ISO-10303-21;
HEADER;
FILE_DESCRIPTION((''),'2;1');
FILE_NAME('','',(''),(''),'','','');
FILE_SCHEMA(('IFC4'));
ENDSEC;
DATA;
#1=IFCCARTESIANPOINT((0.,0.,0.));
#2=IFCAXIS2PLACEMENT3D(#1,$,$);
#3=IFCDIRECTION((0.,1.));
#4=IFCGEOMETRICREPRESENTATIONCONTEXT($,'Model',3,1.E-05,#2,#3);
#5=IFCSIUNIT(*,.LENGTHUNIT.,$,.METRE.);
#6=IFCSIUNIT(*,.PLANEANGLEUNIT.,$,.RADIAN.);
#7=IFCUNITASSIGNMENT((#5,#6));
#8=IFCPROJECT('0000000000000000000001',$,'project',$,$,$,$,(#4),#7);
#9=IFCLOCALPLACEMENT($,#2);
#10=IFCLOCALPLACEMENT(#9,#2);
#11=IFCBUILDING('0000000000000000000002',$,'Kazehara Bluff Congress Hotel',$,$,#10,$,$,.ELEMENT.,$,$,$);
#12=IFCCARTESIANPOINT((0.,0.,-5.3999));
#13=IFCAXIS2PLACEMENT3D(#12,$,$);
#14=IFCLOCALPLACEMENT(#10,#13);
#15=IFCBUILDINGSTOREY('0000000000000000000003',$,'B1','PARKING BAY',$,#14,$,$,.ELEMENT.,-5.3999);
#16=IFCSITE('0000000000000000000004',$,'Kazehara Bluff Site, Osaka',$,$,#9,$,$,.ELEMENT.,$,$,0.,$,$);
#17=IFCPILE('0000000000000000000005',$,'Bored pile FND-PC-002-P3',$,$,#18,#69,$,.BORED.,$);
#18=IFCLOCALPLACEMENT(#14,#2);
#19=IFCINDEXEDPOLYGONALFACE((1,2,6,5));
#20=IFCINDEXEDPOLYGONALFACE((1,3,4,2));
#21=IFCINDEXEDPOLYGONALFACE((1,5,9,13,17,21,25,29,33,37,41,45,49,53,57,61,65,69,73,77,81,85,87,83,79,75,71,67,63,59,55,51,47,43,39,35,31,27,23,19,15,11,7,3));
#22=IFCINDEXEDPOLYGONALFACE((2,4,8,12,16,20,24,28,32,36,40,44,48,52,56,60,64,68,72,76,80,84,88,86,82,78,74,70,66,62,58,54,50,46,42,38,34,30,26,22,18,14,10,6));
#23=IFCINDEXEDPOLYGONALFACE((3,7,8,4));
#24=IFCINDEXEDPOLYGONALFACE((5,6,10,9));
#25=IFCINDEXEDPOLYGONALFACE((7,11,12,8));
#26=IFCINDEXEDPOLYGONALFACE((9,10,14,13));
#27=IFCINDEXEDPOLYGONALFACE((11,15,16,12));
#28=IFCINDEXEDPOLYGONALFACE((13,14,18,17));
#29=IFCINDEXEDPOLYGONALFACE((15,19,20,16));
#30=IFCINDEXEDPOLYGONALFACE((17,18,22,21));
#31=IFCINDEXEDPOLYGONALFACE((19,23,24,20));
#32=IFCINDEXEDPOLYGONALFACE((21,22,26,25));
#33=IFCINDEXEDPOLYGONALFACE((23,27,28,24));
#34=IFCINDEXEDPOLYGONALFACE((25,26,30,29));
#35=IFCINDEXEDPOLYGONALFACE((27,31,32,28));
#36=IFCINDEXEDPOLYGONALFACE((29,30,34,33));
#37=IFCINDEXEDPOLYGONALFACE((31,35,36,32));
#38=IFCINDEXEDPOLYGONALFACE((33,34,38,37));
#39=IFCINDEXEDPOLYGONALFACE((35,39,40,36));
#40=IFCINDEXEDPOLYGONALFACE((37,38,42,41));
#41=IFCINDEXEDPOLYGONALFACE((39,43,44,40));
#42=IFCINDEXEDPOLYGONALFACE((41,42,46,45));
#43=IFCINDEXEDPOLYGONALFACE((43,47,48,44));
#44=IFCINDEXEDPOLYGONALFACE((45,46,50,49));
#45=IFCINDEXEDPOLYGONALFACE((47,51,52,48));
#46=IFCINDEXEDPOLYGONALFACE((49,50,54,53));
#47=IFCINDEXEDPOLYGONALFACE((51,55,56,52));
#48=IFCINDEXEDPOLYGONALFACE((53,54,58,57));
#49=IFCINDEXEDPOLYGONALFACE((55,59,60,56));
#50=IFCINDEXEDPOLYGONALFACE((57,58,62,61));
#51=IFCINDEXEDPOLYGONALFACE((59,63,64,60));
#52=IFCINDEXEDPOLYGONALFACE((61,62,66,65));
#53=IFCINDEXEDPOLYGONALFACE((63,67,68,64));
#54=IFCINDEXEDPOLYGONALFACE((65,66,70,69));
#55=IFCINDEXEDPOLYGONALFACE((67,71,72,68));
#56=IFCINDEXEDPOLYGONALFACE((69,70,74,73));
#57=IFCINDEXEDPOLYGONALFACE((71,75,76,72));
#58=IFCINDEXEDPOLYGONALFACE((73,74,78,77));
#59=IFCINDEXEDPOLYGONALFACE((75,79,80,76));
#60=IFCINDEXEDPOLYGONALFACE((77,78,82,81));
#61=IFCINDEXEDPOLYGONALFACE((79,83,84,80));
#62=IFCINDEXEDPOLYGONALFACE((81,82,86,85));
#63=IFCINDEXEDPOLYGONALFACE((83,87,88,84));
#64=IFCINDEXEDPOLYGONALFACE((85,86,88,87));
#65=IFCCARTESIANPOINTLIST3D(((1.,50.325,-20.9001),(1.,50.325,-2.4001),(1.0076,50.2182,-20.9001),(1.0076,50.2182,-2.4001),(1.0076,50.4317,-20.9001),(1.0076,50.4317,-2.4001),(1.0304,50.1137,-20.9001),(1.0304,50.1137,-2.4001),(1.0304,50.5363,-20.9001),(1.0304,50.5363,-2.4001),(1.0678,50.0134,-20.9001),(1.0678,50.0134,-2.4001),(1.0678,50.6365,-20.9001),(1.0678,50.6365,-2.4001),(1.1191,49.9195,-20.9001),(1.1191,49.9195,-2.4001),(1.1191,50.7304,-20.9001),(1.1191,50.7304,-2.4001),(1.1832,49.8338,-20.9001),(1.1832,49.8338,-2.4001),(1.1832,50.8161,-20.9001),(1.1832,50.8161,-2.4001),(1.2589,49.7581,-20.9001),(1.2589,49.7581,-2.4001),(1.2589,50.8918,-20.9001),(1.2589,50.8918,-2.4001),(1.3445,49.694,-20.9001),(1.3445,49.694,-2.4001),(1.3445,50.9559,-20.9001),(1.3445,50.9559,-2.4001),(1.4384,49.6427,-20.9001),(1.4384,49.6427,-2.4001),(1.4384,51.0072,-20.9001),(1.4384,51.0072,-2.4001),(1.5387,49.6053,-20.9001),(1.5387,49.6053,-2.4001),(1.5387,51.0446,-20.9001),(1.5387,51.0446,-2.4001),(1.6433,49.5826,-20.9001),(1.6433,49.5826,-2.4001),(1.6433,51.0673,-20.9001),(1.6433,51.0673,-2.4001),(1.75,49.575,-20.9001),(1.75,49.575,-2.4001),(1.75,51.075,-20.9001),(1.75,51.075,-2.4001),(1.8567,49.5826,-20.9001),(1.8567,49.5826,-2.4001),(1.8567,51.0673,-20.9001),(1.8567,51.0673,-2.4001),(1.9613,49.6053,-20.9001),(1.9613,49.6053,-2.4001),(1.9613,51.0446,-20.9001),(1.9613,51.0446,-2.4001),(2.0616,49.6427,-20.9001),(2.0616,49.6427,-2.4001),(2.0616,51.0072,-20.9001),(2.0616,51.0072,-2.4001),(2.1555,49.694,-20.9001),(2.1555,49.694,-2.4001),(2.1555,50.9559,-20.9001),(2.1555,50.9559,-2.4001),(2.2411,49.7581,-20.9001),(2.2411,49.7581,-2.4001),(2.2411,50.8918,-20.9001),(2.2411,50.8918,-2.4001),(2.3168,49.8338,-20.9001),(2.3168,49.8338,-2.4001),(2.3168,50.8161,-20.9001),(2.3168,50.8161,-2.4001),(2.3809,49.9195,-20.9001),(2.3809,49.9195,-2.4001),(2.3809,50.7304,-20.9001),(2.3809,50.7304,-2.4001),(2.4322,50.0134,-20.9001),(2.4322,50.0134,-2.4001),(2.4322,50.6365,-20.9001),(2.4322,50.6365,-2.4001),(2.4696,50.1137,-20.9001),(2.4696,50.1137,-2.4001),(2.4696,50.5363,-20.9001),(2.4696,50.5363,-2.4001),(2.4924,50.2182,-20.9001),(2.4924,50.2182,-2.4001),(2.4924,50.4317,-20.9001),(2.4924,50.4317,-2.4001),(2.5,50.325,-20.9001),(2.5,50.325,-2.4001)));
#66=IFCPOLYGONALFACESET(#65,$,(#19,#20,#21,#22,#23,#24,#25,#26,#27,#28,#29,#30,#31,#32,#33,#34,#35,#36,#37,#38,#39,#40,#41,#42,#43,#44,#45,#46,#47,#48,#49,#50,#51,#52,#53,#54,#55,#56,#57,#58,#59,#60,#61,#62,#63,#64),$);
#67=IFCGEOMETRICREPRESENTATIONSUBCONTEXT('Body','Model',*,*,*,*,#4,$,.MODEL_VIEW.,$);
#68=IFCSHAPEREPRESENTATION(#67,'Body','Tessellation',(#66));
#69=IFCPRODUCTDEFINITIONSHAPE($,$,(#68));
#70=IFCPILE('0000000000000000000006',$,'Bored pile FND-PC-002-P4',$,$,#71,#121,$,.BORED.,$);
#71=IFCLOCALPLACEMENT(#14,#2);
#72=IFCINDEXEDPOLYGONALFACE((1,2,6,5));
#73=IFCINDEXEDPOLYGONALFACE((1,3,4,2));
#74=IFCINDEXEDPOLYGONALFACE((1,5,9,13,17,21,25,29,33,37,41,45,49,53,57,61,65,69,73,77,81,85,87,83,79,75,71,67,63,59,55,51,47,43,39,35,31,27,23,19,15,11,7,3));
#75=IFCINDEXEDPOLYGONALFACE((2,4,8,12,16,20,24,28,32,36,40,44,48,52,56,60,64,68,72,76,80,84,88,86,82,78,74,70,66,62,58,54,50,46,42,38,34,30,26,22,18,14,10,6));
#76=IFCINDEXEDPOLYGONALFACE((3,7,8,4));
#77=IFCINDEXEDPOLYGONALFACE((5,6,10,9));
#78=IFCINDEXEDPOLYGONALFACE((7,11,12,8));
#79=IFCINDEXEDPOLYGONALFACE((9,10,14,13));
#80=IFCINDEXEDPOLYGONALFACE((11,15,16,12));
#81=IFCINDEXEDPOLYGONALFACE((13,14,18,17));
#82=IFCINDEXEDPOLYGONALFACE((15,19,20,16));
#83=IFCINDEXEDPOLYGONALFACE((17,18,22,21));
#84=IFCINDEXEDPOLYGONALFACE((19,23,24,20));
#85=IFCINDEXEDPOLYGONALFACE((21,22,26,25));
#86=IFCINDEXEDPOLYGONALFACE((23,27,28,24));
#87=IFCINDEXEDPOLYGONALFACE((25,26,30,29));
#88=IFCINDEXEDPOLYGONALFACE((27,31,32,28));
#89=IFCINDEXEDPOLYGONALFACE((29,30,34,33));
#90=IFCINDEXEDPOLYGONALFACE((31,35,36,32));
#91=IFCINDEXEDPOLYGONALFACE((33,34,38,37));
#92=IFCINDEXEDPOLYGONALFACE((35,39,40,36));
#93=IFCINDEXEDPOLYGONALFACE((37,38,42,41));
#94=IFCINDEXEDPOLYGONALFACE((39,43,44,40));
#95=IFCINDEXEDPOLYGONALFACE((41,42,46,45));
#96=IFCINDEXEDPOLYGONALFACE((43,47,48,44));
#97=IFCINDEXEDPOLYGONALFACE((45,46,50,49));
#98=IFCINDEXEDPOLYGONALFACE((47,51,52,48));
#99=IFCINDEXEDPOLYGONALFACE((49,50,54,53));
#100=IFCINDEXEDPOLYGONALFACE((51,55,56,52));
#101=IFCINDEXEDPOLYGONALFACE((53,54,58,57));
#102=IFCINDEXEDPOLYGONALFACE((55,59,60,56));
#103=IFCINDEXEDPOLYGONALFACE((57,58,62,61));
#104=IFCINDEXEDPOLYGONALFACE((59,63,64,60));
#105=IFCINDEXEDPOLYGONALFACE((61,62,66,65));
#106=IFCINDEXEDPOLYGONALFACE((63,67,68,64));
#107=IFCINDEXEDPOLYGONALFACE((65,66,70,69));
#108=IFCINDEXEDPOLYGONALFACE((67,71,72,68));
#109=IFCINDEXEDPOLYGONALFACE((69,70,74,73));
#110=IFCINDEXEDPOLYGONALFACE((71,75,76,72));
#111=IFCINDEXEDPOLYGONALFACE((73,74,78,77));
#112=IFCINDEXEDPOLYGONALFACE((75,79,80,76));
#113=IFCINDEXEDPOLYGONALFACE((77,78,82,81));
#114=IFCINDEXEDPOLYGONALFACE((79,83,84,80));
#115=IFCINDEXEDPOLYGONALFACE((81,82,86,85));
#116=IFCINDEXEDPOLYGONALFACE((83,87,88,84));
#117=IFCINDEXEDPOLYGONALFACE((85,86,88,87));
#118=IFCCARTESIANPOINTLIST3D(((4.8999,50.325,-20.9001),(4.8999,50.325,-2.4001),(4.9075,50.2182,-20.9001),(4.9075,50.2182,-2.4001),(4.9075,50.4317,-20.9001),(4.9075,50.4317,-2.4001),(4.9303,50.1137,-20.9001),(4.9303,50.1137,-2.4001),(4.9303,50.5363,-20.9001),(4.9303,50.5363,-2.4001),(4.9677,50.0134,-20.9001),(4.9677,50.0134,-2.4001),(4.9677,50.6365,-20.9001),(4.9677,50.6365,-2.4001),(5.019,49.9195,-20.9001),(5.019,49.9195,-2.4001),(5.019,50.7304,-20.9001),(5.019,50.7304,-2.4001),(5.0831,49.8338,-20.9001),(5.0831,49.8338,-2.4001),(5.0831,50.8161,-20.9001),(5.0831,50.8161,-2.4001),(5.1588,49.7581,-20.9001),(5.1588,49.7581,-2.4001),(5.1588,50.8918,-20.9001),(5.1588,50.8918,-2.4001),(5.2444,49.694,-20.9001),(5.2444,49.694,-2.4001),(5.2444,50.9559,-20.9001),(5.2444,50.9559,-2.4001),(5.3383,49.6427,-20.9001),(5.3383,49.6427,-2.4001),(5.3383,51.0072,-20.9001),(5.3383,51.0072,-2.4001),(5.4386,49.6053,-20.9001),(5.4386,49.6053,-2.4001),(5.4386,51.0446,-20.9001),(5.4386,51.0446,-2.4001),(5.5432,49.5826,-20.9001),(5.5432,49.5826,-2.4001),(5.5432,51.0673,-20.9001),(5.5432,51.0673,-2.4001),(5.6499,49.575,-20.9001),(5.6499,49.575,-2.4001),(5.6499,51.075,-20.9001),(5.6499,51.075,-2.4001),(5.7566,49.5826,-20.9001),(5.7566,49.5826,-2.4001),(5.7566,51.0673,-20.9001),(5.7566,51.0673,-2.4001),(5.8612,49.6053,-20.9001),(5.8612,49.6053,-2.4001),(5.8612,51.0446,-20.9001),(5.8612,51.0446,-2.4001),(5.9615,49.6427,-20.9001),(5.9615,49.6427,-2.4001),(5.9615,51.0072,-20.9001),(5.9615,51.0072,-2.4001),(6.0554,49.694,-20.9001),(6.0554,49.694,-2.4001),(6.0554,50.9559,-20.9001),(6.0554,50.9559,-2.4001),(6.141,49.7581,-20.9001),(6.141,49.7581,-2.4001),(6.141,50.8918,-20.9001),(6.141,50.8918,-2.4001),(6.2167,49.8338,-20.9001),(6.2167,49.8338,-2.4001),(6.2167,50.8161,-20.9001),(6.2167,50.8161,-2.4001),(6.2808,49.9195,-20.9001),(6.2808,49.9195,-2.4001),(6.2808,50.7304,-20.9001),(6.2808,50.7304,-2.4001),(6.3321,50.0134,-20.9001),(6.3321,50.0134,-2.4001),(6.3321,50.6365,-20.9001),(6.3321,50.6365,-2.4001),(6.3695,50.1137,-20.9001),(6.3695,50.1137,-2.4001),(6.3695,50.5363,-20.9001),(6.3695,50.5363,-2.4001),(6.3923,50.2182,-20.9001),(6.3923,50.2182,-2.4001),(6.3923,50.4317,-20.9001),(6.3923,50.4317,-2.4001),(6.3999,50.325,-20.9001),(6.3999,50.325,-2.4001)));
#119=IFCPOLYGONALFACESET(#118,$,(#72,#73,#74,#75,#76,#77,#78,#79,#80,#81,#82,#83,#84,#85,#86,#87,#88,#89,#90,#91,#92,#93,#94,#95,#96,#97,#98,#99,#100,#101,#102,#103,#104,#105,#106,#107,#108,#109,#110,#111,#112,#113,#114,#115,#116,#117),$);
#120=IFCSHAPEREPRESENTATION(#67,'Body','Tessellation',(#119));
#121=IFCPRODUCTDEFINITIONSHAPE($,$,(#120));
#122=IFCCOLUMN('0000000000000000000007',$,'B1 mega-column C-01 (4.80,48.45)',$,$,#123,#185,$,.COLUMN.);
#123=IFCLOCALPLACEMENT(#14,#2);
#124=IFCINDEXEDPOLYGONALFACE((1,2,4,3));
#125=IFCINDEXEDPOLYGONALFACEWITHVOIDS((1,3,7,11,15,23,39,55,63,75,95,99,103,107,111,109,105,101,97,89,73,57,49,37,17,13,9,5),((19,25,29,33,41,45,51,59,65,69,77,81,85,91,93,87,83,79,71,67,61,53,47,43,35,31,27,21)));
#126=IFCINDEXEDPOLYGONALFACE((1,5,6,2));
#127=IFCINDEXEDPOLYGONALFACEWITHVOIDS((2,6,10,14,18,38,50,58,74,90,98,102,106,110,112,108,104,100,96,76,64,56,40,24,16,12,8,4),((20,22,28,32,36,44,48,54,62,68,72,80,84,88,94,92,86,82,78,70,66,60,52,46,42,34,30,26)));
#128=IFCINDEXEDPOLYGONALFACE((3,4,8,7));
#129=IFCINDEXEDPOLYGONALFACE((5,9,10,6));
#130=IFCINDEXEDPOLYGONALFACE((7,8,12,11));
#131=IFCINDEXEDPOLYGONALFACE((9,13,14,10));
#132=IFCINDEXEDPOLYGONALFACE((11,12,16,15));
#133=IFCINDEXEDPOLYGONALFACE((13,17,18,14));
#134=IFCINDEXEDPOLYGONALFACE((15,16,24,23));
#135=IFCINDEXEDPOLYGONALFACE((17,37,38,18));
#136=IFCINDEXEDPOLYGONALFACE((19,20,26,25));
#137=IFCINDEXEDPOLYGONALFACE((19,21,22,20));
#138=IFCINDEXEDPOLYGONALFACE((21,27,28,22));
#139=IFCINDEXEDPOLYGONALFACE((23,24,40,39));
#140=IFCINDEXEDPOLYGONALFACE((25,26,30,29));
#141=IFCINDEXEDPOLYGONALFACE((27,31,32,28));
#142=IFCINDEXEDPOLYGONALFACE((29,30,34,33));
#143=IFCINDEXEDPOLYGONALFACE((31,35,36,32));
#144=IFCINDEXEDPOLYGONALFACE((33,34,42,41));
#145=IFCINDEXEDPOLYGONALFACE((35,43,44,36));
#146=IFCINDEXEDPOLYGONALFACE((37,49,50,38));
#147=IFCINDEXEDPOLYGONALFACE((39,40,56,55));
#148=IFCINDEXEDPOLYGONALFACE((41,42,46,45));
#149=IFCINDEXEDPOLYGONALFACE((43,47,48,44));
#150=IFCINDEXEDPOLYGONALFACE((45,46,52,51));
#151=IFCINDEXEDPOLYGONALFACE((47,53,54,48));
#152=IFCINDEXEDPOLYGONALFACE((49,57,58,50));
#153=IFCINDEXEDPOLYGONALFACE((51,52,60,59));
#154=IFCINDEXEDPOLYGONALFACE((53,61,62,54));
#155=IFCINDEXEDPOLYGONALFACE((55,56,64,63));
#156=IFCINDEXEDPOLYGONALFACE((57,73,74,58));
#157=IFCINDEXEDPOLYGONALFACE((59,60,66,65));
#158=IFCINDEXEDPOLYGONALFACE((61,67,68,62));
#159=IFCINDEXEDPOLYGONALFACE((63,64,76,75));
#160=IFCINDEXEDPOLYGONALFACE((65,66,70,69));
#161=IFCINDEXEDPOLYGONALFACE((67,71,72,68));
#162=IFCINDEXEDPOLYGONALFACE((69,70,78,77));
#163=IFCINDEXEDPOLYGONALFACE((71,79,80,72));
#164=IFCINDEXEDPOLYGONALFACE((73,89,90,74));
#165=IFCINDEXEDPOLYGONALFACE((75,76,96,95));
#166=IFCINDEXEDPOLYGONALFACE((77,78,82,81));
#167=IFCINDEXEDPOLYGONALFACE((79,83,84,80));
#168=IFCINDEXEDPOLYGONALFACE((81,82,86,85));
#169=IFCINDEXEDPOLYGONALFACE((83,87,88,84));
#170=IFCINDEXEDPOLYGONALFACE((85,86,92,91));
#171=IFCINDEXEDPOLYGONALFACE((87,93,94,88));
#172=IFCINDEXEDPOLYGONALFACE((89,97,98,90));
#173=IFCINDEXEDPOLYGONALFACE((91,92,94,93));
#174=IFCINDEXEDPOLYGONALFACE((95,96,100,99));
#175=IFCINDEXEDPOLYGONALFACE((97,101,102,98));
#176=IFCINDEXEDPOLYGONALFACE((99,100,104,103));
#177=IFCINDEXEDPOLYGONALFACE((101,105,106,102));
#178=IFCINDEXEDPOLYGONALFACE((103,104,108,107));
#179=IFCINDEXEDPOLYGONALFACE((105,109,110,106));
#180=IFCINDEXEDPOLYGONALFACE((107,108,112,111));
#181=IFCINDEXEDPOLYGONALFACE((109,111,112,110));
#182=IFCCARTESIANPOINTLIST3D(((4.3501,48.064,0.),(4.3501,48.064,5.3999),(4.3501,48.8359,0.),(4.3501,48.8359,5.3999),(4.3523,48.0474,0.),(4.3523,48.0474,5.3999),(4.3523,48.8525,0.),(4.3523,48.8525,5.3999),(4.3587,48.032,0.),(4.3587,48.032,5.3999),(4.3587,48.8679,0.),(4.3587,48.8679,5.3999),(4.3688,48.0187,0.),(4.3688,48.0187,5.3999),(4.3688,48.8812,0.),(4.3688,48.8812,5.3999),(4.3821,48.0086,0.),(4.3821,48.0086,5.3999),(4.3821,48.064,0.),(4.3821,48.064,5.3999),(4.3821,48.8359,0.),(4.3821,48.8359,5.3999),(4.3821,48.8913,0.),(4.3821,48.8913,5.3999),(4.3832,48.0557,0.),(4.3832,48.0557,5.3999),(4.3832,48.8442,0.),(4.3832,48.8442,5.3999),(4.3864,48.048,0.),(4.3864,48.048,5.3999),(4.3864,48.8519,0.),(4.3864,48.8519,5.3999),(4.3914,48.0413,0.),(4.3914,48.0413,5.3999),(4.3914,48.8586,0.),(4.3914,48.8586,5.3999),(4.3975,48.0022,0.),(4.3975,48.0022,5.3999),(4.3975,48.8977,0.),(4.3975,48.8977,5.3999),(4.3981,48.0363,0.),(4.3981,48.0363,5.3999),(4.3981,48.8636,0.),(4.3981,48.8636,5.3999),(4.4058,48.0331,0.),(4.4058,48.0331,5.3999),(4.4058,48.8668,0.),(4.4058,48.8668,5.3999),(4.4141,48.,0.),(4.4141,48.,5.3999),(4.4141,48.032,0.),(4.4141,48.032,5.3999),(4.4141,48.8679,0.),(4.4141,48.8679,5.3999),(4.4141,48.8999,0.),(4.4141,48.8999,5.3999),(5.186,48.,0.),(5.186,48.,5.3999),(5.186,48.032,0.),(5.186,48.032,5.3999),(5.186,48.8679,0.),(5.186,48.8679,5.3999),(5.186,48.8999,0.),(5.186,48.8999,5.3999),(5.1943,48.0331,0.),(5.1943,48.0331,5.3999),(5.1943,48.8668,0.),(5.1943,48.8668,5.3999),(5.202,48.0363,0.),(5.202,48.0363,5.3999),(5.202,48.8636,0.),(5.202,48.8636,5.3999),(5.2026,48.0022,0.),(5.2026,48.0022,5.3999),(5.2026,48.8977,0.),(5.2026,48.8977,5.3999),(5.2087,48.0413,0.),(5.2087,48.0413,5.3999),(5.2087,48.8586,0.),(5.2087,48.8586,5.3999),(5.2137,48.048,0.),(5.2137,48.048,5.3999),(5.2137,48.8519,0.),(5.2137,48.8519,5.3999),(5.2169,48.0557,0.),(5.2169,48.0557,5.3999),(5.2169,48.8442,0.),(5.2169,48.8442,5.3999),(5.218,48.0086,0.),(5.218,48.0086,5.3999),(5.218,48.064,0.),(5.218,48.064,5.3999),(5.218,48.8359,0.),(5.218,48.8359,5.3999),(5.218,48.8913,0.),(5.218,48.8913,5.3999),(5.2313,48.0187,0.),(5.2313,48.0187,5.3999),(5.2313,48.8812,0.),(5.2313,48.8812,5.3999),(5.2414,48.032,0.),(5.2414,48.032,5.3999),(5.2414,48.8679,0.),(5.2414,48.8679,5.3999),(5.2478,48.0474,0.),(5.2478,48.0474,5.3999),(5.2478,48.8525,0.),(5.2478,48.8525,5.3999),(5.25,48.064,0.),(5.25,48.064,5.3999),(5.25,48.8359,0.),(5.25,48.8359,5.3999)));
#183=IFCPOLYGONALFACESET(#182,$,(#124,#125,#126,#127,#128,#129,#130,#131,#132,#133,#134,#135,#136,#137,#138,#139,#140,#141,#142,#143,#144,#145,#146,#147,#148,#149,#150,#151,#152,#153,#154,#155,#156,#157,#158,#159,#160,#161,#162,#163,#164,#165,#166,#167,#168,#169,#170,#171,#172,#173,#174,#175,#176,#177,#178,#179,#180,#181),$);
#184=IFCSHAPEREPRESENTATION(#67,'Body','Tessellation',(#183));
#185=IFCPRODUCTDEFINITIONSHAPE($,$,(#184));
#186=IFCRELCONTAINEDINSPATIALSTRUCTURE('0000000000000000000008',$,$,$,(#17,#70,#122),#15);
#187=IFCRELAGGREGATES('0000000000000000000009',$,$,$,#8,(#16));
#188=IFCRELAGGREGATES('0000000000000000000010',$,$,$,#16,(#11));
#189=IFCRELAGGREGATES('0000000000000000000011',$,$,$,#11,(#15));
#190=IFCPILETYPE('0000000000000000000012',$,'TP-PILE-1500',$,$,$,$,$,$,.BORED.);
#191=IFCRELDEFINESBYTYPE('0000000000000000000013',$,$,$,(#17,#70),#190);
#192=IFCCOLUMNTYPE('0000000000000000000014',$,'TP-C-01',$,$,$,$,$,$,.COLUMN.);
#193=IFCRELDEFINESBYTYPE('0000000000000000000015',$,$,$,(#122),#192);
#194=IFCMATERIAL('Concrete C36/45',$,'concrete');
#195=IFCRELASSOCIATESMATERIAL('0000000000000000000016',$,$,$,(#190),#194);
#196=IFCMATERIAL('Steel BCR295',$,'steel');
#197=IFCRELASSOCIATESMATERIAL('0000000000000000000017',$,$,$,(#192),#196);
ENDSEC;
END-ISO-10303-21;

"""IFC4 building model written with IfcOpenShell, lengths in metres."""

from ifc_helpers import new_model, si_unit, direction, frame, origin, origin_2d, place, context, subcontext, project, spatial, hollow_rectangle, circle, extrude, material, material_profile, profile_set, type_object, element, save


model = new_model("IFC4")

# Units and contexts
model_context = context("Model", 3, precision=1e-05, world=origin(), true_north=direction((0.0, 1.0)))
body_context = subcontext(model_context, "Body", "Model", "MODEL_VIEW")
ifc_project = project(units=[si_unit("LENGTHUNIT", "METRE"), si_unit("PLANEANGLEUNIT", "RADIAN")], contexts=[model_context])

# Site, building, storey
site_placement = place(None, origin())
site = spatial("IfcSite", under=ifc_project, at=site_placement, Name="Kazehara Bluff Site, Osaka", CompositionType="ELEMENT", RefElevation=0.0)
building_placement = place(site_placement, origin())
building = spatial("IfcBuilding", under=site, at=building_placement, Name="Kazehara Bluff Congress Hotel", CompositionType="ELEMENT")
storey_placement = place(building_placement, frame((0.0, 0.0, -5.3999)))
storey = spatial("IfcBuildingStorey", under=building, at=storey_placement, Name="B1", Description="PARKING BAY", CompositionType="ELEMENT", Elevation=-5.3999)

# Piles
ifc_material_1 = material(Name="Concrete C36/45", Category="concrete")
ifc_material_profile_1 = material_profile(ifc_material_1, circle(Radius=0.75, at=origin_2d()))
ifc_profile_set_1 = profile_set([ifc_material_profile_1], Name="Concrete C36/45")
pile_type_1 = type_object("IfcPileType", Name="TP-PILE-1500", PredefinedType="BORED", material=ifc_profile_set_1)
for number, where, z_axis, x_axis, name in (
    (1, (1.75, 50.325, -2.4001), (0.0, 0.0, -1.0), (1.0, 0.0, 0.0), "Bored pile FND-PC-002-P3"),
    (2, (5.6499, 50.325, -2.4001), (0.0, 0.0, -1.0), (1.0, 0.0, 0.0), "Bored pile FND-PC-002-P4"),
):
    element("IfcPile", number, at=place(storey_placement, frame(where, z_axis=z_axis, x_axis=x_axis)), inside=storey, type_object=pile_type_1, Name=name, PredefinedType="BORED", context=body_context, shape_type="SweptSolid", body=[
        extrude(circle(Radius=0.75, at=origin_2d()), origin(), (0.0, 0.0, 1.0), 18.5),
    ])

# Column
ifc_material_2 = material(Name="Steel BCR295", Category="steel")
ifc_material_profile_2 = material_profile(ifc_material_2, hollow_rectangle(XDim=0.8999, YDim=0.8999, WallThickness=0.032, InnerFilletRadius=0.032, OuterFilletRadius=0.064, at=origin_2d()))
ifc_profile_set_2 = profile_set([ifc_material_profile_2], Name="Steel BCR295")
column_type_1 = type_object("IfcColumnType", Name="TP-C-01", PredefinedType="COLUMN", material=ifc_profile_set_2)
for number, where, z_axis, x_axis, name in (
    (3, (4.8, 48.45, 0.0), (0.0, 0.0, 1.0), (1.0, 0.0, 0.0), "B1 mega-column C-01 (4.80,48.45)"),
):
    element("IfcColumn", number, at=place(storey_placement, frame(where, z_axis=z_axis, x_axis=x_axis)), inside=storey, type_object=column_type_1, Name=name, PredefinedType="COLUMN", context=body_context, shape_type="SweptSolid", body=[
        extrude(hollow_rectangle(XDim=0.8999, YDim=0.8999, WallThickness=0.032, InnerFilletRadius=0.032, OuterFilletRadius=0.064, at=origin_2d()), origin(), (0.0, 0.0, 1.0), 5.3999),
    ])

save(model, "model.ifc")
